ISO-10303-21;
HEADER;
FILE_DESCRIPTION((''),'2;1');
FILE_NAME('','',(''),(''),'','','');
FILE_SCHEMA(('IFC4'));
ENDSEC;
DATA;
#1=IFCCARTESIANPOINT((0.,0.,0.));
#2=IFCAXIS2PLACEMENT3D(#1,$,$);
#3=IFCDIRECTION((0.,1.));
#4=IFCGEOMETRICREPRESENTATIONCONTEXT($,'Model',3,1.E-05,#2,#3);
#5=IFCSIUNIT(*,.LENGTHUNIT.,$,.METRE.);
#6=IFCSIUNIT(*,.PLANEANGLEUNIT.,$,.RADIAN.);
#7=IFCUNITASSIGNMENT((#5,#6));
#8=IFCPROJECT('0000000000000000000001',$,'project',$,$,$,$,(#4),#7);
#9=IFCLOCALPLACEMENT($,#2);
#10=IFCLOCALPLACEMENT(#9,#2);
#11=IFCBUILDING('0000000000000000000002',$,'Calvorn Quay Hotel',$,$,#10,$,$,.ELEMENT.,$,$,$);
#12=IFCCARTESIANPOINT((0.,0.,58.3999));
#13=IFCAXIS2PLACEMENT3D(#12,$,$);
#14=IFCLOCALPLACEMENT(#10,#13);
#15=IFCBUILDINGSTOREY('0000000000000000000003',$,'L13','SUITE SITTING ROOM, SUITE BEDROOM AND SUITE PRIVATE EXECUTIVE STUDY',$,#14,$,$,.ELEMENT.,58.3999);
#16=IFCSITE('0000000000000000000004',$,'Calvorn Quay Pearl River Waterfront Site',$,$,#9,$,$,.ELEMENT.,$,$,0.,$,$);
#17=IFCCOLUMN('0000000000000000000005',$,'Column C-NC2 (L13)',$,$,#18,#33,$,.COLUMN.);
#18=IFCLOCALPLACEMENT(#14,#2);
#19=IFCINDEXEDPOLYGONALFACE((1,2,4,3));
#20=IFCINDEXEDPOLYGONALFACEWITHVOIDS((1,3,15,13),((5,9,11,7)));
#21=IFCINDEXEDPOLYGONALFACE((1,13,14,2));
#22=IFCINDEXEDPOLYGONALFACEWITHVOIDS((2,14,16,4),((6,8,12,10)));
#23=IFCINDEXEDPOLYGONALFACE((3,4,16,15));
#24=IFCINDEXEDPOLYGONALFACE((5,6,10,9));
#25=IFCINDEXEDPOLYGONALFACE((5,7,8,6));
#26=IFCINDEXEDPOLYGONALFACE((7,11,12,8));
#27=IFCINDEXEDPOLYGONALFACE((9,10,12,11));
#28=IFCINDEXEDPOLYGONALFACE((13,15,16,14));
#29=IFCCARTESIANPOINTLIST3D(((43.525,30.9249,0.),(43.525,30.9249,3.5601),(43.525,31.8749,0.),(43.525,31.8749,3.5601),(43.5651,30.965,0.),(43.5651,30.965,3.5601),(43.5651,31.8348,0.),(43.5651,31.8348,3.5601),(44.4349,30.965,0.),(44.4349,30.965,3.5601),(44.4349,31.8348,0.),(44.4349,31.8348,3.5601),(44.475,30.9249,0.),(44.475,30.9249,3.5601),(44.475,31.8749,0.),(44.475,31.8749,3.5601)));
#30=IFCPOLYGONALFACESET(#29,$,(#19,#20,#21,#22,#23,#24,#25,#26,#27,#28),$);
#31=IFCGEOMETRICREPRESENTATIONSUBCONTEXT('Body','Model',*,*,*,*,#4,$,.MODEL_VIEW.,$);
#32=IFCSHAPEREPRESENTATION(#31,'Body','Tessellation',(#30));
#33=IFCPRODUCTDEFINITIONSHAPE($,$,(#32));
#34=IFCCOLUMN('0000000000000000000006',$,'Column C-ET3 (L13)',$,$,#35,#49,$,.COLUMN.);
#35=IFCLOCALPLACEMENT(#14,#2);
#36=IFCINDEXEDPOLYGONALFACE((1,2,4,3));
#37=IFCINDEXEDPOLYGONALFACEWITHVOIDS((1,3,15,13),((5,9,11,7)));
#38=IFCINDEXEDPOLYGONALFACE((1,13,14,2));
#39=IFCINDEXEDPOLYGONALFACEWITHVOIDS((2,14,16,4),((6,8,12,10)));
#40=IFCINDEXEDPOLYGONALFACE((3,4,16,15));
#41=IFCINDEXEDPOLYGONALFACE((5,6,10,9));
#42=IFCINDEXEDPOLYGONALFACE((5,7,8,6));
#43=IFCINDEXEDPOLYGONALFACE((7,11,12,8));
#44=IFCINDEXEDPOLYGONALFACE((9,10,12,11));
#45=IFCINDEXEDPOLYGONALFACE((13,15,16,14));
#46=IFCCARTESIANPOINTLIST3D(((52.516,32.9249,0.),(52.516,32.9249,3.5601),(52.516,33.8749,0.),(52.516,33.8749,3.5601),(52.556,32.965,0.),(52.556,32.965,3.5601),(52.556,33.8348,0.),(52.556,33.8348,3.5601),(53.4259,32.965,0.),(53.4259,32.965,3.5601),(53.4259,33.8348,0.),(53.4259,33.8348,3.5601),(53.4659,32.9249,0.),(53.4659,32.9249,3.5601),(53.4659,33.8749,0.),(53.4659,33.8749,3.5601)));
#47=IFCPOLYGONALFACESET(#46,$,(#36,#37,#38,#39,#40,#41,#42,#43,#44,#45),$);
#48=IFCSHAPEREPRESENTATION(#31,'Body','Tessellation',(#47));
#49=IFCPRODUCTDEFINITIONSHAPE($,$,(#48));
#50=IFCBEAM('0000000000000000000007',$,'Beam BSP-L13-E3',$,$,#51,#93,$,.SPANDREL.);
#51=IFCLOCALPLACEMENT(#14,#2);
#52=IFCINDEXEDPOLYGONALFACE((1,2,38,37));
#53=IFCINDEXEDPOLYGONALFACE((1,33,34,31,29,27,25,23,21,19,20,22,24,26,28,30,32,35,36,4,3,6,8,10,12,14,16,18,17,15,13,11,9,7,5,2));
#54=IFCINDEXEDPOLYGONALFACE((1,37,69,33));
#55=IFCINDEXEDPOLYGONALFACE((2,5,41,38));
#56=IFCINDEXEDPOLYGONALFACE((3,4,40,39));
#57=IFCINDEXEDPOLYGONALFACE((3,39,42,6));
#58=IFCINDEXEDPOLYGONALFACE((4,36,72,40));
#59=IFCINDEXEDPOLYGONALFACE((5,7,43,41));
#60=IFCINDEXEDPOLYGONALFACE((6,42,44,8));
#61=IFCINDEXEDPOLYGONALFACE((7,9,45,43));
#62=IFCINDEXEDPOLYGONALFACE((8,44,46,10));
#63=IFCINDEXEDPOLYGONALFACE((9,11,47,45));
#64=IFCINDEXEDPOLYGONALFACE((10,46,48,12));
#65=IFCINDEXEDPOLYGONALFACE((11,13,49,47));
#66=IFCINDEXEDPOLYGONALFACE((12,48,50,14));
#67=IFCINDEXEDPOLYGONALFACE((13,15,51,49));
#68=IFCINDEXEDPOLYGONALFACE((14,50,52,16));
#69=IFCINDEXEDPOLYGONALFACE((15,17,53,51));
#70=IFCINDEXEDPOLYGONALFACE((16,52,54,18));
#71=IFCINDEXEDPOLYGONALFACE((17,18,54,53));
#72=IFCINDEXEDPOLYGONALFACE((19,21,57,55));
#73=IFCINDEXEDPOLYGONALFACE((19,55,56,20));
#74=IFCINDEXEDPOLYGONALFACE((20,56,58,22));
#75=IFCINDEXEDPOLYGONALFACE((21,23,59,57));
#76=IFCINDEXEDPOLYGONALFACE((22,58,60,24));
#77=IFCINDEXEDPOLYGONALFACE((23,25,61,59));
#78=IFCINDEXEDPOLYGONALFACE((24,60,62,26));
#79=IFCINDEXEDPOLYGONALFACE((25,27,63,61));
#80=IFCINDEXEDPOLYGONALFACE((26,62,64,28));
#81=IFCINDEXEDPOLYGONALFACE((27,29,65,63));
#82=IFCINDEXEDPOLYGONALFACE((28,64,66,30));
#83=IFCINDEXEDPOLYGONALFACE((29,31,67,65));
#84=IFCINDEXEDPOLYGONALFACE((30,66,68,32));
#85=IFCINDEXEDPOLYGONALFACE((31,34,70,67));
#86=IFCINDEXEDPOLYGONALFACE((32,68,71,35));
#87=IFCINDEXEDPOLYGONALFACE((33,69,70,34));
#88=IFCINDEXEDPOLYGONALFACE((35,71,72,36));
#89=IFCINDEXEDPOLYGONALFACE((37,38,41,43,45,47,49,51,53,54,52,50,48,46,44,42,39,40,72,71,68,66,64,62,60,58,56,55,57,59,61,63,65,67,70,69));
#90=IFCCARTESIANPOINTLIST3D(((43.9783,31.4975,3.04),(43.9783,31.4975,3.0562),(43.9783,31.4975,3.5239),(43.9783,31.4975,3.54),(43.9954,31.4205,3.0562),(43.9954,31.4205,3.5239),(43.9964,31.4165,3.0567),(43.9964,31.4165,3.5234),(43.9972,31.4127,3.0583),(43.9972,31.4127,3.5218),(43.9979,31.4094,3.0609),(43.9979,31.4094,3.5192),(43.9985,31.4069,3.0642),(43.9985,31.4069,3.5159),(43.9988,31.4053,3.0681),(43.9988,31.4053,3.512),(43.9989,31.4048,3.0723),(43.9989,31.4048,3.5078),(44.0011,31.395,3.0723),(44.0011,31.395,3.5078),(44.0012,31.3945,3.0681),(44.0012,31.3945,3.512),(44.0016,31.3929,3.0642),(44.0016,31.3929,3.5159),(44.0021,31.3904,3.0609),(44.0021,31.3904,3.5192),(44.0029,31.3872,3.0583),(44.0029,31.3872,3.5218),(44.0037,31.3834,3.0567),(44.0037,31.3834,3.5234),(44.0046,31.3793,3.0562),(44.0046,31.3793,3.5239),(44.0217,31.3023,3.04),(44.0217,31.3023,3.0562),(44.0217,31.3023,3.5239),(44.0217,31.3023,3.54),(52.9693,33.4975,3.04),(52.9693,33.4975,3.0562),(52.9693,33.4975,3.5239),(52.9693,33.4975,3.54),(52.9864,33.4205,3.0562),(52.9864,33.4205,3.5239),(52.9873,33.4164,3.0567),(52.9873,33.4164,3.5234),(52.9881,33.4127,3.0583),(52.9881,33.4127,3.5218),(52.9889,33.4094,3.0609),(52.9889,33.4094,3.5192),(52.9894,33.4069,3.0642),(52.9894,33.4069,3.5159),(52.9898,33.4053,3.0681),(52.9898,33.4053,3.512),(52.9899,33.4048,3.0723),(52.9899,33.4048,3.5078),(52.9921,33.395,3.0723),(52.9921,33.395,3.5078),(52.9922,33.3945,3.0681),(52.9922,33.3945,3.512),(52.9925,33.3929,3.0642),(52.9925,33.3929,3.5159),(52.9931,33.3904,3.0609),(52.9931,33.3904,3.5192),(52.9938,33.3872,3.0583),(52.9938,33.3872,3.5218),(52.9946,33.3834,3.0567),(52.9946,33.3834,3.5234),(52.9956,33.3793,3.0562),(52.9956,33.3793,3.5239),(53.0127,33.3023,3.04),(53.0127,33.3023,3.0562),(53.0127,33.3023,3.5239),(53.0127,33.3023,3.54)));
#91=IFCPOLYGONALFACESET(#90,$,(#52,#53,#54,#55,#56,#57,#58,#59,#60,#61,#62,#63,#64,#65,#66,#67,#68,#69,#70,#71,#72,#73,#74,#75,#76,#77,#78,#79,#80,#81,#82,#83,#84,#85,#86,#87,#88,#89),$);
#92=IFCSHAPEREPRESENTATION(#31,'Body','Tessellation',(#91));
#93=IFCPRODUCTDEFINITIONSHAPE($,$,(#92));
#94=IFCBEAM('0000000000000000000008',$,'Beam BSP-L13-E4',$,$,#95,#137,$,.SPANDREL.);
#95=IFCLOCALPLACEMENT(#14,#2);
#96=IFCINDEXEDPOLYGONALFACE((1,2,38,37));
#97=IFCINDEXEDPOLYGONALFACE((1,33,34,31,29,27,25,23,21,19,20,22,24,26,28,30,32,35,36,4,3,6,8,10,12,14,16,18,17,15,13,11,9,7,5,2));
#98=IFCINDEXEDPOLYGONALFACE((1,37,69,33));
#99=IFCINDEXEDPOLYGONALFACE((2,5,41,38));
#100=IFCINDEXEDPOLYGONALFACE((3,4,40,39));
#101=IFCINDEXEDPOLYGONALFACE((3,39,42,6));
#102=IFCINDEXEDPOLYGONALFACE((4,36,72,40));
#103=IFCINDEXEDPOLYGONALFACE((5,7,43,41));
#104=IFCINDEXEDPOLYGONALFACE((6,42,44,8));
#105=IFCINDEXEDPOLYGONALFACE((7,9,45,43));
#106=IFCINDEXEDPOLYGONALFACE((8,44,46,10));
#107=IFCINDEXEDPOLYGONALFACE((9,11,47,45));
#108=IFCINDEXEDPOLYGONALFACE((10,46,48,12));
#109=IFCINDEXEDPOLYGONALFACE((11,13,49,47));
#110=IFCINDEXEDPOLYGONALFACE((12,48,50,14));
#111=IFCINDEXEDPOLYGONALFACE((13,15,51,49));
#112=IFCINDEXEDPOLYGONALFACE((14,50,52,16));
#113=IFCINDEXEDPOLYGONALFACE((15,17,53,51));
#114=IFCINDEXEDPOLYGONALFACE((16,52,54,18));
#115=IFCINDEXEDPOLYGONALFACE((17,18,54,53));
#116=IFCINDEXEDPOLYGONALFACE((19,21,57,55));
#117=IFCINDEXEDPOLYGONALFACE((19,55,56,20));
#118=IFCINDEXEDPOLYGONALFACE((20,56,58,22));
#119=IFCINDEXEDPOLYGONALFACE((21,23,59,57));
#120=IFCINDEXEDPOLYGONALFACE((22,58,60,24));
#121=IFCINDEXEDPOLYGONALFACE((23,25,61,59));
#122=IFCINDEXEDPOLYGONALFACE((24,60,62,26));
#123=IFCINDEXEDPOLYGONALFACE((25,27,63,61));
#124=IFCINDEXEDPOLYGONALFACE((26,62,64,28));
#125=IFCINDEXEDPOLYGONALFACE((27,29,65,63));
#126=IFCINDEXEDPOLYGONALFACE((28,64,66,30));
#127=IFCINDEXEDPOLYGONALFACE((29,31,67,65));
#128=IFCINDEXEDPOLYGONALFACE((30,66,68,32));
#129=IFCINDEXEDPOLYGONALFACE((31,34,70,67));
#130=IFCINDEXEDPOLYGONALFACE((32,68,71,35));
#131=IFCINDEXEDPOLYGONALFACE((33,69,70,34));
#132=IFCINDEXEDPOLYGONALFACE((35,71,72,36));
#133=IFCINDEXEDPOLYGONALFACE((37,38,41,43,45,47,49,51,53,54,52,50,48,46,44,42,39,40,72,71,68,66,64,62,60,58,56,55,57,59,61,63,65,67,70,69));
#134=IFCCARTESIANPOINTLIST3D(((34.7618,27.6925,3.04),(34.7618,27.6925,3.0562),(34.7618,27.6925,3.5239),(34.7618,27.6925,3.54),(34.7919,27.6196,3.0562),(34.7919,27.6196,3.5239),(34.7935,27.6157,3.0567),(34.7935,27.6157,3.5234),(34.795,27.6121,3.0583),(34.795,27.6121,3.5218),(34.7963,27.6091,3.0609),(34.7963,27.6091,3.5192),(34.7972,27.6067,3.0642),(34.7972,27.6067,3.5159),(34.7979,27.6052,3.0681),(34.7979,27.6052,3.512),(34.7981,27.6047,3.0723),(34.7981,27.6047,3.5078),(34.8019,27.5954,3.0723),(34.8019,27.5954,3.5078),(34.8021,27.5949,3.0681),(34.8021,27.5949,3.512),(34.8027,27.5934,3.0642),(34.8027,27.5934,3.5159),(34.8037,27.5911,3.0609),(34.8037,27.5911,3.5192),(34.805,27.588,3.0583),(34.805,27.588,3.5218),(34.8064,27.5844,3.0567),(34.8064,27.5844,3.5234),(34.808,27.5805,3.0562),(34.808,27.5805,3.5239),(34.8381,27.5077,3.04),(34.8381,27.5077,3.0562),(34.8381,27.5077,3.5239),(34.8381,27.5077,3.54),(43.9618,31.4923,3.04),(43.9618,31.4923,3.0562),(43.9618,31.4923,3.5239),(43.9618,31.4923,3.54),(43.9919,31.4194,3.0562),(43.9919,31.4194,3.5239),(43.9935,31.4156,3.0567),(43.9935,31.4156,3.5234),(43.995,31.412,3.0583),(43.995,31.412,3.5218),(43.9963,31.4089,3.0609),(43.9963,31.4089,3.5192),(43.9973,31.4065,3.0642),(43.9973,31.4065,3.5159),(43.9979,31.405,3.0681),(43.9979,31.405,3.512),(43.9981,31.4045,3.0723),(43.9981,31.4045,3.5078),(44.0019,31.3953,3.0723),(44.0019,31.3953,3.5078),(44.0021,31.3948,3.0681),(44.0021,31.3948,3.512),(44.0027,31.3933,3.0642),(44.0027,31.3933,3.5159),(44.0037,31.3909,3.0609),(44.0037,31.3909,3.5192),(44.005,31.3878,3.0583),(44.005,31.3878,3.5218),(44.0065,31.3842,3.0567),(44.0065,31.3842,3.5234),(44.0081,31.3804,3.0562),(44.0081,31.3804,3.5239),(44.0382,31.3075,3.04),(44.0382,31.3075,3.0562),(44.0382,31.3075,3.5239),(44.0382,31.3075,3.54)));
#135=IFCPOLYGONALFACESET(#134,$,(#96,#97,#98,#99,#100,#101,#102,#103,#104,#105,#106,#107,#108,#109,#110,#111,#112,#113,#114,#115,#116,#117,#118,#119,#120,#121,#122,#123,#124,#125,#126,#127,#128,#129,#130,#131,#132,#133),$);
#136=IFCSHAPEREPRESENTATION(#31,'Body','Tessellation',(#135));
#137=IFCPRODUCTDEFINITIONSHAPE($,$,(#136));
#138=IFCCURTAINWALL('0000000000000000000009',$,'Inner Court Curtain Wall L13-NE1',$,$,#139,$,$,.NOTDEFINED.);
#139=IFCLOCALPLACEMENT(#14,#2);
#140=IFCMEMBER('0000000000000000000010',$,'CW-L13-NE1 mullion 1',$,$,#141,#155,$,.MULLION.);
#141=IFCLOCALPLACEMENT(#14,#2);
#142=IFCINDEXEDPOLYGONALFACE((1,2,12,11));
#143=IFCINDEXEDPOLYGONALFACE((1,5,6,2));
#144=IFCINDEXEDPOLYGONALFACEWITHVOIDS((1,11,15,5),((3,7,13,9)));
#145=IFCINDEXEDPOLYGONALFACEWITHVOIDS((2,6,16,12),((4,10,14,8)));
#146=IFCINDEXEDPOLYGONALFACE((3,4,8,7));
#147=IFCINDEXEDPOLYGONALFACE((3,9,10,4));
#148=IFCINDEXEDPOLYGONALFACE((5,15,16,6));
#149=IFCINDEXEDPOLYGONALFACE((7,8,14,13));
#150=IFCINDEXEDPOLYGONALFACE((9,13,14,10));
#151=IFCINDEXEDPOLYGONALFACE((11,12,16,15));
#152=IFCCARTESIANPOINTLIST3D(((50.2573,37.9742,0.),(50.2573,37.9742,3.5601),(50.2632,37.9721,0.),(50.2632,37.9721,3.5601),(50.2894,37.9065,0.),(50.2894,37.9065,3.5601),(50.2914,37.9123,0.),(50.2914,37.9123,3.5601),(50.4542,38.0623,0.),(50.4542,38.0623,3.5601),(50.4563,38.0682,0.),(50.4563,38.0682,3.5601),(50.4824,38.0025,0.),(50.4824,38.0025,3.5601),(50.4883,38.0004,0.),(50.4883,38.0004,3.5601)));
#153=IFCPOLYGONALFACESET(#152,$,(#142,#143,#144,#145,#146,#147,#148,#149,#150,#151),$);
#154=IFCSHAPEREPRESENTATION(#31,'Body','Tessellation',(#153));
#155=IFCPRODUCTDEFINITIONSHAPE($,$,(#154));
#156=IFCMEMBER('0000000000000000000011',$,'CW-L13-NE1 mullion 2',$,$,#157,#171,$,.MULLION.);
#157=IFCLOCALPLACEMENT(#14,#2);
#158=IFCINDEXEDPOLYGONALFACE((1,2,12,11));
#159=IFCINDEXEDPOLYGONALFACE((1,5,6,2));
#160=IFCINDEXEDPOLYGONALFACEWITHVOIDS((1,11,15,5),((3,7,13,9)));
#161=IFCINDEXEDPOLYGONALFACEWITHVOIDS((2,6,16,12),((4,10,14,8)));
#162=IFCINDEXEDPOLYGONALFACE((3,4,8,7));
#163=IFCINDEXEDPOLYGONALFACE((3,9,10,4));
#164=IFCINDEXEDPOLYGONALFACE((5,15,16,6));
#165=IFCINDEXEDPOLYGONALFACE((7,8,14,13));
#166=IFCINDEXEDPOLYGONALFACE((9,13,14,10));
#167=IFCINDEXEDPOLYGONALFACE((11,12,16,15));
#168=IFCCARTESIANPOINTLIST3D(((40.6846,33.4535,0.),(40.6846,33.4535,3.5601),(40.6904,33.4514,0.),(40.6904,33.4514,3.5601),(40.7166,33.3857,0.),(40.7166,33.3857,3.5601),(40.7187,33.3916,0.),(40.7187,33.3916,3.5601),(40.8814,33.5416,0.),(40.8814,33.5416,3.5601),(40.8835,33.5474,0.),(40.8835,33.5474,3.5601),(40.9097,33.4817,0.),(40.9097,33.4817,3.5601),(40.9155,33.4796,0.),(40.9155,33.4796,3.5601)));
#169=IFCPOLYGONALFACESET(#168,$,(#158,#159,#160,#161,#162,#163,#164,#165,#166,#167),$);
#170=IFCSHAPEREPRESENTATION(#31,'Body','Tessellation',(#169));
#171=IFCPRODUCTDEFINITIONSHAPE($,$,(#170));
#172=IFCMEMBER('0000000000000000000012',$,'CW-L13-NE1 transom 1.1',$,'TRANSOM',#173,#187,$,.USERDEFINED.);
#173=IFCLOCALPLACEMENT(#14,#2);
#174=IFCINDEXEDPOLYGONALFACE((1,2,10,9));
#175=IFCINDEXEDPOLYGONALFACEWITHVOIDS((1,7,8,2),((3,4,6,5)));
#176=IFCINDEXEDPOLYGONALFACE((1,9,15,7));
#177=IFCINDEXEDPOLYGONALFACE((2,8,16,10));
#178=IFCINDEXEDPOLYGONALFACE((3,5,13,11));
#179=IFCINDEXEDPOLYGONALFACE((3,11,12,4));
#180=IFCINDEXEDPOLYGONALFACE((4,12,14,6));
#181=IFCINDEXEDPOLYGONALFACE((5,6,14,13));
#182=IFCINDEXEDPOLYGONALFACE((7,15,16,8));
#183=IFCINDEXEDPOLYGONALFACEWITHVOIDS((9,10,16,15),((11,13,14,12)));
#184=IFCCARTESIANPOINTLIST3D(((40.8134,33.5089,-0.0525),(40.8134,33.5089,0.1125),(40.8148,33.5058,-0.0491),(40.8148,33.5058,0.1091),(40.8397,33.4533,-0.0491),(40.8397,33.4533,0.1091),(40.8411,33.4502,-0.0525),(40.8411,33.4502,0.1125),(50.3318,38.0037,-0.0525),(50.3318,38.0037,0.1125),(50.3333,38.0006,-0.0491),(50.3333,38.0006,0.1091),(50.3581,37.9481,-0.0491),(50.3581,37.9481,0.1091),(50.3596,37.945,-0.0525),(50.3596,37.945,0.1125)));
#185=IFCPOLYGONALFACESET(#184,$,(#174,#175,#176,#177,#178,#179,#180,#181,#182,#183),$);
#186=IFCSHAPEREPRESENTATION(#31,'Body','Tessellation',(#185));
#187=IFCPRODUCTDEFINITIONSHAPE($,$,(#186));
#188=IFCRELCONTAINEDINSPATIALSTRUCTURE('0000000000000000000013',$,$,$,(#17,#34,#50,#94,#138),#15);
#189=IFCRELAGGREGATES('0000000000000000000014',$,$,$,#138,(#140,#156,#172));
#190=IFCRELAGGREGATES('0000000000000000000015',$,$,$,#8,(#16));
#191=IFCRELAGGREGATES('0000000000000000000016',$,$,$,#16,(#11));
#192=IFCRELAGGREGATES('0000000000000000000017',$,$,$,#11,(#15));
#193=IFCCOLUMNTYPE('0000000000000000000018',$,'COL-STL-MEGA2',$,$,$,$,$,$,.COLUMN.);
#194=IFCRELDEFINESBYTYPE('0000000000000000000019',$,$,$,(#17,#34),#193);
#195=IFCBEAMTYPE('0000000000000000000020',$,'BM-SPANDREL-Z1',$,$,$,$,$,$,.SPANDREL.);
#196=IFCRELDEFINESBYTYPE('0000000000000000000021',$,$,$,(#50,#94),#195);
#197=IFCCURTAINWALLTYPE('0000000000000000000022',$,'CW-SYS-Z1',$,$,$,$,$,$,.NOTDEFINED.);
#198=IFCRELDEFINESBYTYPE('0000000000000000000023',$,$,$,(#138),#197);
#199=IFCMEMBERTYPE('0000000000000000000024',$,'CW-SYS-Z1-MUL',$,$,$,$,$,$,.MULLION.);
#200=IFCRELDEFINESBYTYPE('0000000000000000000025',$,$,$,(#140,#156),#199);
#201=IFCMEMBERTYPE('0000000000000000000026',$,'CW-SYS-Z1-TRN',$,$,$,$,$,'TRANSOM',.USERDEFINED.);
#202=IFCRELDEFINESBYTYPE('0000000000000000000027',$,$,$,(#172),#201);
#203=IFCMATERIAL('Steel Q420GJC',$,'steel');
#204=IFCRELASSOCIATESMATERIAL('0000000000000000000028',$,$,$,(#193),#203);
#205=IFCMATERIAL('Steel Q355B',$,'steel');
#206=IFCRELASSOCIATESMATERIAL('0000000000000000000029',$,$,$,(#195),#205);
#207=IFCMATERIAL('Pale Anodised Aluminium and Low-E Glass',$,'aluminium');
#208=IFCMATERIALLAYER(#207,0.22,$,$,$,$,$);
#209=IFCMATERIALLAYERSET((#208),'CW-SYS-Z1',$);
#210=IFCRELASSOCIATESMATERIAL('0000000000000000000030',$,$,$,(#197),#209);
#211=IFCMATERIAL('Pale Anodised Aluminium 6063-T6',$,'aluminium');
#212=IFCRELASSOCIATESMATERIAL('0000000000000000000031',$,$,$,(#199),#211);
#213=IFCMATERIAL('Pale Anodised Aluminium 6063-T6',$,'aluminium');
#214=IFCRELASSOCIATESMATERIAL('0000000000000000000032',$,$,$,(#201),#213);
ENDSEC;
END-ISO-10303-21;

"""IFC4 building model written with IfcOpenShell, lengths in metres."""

from ifc_helpers import new_model, si_unit, direction, frame, origin, origin_2d, place, context, subcontext, project, spatial, hollow_rectangle, i_section, extrude, material, layer, layer_set, material_profile, profile_set, type_object, element, aggregate, save


model = new_model("IFC4")

# Units and contexts
model_context = context("Model", 3, precision=1e-05, world=origin(), true_north=direction((0.0, 1.0)))
body_context = subcontext(model_context, "Body", "Model", "MODEL_VIEW")
ifc_project = project(units=[si_unit("LENGTHUNIT", "METRE"), si_unit("PLANEANGLEUNIT", "RADIAN")], contexts=[model_context])

# Site, building, storey
site_placement = place(None, origin())
site = spatial("IfcSite", under=ifc_project, at=site_placement, Name="Calvorn Quay Pearl River Waterfront Site", CompositionType="ELEMENT", RefElevation=0.0)
building_placement = place(site_placement, origin())
building = spatial("IfcBuilding", under=site, at=building_placement, Name="Calvorn Quay Hotel", CompositionType="ELEMENT")
storey_placement = place(building_placement, frame((0.0, 0.0, 58.3999)))
storey = spatial("IfcBuildingStorey", under=building, at=storey_placement, Name="L13", Description="SUITE SITTING ROOM, SUITE BEDROOM AND SUITE PRIVATE EXECUTIVE STUDY", CompositionType="ELEMENT", Elevation=58.3999)

# Columns
ifc_material_1 = material(Name="Steel Q420GJC", Category="steel")
ifc_material_profile_1 = material_profile(ifc_material_1, hollow_rectangle(XDim=0.95, YDim=0.95, WallThickness=0.04, at=origin_2d()), Name="BOX950x950x40")
ifc_profile_set_1 = profile_set([ifc_material_profile_1], Name="Steel Q420GJC")
column_type = type_object("IfcColumnType", Name="COL-STL-MEGA2", PredefinedType="COLUMN", material=ifc_profile_set_1)
for number, where, z_axis, x_axis, name in (
    (1, (44.0, 31.3999, 0.0), (0.0, 0.0, 1.0), (1.0, 0.0, 0.0), "Column C-NC2 (L13)"),
    (2, (52.991, 33.3999, 0.0), (0.0, 0.0, 1.0), (1.0, 0.0, 0.0), "Column C-ET3 (L13)"),
):
    element("IfcColumn", number, at=place(storey_placement, frame(where, z_axis=z_axis, x_axis=x_axis)), inside=storey, type_object=column_type, Name=name, PredefinedType="COLUMN", context=body_context, shape_type="SweptSolid", body=[
        extrude(hollow_rectangle(XDim=0.95, YDim=0.95, WallThickness=0.04, at=origin_2d()), origin(), (0.0, 0.0, 1.0), 3.5601),
    ])

# Beams
ifc_material_2 = material(Name="Steel Q355B", Category="steel")
ifc_material_profile_2 = material_profile(ifc_material_2, i_section(OverallWidth=0.2, OverallDepth=0.5, WebThickness=0.01, FlangeThickness=0.0161, FilletRadius=0.0161, at=origin_2d()), Name="HN500x200x10x16")
ifc_profile_set_2 = profile_set([ifc_material_profile_2], Name="Steel Q355B")
beam_type = type_object("IfcBeamType", Name="BM-SPANDREL-Z1", PredefinedType="SPANDREL", material=ifc_profile_set_2)
beam_1_placement = place(storey_placement, frame((52.991, 33.3999, 3.29), z_axis=(-0.976141, -0.217138, 0.0), x_axis=(0.217138, -0.976141, 0.0)))
element("IfcBeam", 3, at=beam_1_placement, inside=storey, type_object=beam_type, Name="Beam BSP-L13-E3", PredefinedType="SPANDREL", context=body_context, shape_type="SweptSolid", body=[
    extrude(i_section(OverallWidth=0.2, OverallDepth=0.5, WebThickness=0.01, FlangeThickness=0.0161, FilletRadius=0.0161, at=origin_2d()), origin(), (0.0, 0.0, 1.0), 9.2107),
])
beam_2_placement = place(storey_placement, frame((44.0, 31.3999, 3.29), z_axis=(-0.924268, -0.381745, 0.0), x_axis=(0.381745, -0.924268, 0.0)))
element("IfcBeam", 4, at=beam_2_placement, inside=storey, type_object=beam_type, Name="Beam BSP-L13-E4", PredefinedType="SPANDREL", context=body_context, shape_type="SweptSolid", body=[
    extrude(i_section(OverallWidth=0.2, OverallDepth=0.5, WebThickness=0.01, FlangeThickness=0.0161, FilletRadius=0.0161, at=origin_2d()), origin(), (0.0, 0.0, 1.0), 9.9539),
])

# Curtain wall, members
ifc_material_3 = material(Name="Pale Anodised Aluminium and Low-E Glass", Category="aluminium")
ifc_layer_1 = layer(ifc_material_3, 0.22)
ifc_layer_set_1 = layer_set([ifc_layer_1], Name="CW-SYS-Z1")
curtain_wall_type = type_object("IfcCurtainWallType", Name="CW-SYS-Z1", PredefinedType="NOTDEFINED", material=ifc_layer_set_1)
curtain_wall_placement = place(storey_placement, origin())
curtain_wall = element("IfcCurtainWall", 5, at=curtain_wall_placement, inside=storey, type_object=curtain_wall_type, Name="Inner Court Curtain Wall L13-NE1", PredefinedType="NOTDEFINED")
ifc_material_4 = material(Name="Pale Anodised Aluminium 6063-T6", Category="aluminium")
ifc_material_profile_3 = material_profile(ifc_material_4, hollow_rectangle(XDim=0.075, YDim=0.22, WallThickness=0.0044, at=origin_2d()), Name="ALU-M220x75x4.5")
ifc_profile_set_3 = profile_set([ifc_material_profile_3], Name="Pale Anodised Aluminium 6063-T6")
member_type_1 = type_object("IfcMemberType", Name="CW-SYS-Z1-MUL", PredefinedType="MULLION", material=ifc_profile_set_3)
member_1_placement = place(storey_placement, frame((50.3728, 37.9873, 0.0), z_axis=(0.0, 0.0, 1.0), x_axis=(0.427006, -0.904249, 0.0)))
member_1 = element("IfcMember", 6, at=member_1_placement, type_object=member_type_1, Name="CW-L13-NE1 mullion 1", PredefinedType="MULLION", context=body_context, shape_type="SweptSolid", body=[
    extrude(hollow_rectangle(XDim=0.075, YDim=0.22, WallThickness=0.0044, at=origin_2d()), origin(), (0.0, 0.0, 1.0), 3.5601),
])
member_2_placement = place(storey_placement, frame((40.8, 33.4666, 0.0), z_axis=(0.0, 0.0, 1.0), x_axis=(0.427006, -0.904249, 0.0)))
member_2 = element("IfcMember", 7, at=member_2_placement, type_object=member_type_1, Name="CW-L13-NE1 mullion 2", PredefinedType="MULLION", context=body_context, shape_type="SweptSolid", body=[
    extrude(hollow_rectangle(XDim=0.075, YDim=0.22, WallThickness=0.0044, at=origin_2d()), origin(), (0.0, 0.0, 1.0), 3.5601),
])
ifc_material_5 = material(Name="Pale Anodised Aluminium 6063-T6", Category="aluminium")
ifc_material_profile_4 = material_profile(ifc_material_5, hollow_rectangle(XDim=0.0649, YDim=0.165, WallThickness=0.0034, at=origin_2d()), Name="ALU-T165x65x3.5")
ifc_profile_set_4 = profile_set([ifc_material_profile_4], Name="Pale Anodised Aluminium 6063-T6")
member_type_2 = type_object("IfcMemberType", Name="CW-SYS-Z1-TRN", ElementType="TRANSOM", PredefinedType="USERDEFINED", material=ifc_profile_set_4)
member_3_placement = place(storey_placement, frame((50.3457, 37.9744, 0.03), z_axis=(-0.904249, -0.427006, 0.0), x_axis=(0.427006, -0.904249, 0.0)))
member_3 = element("IfcMember", 8, at=member_3_placement, type_object=member_type_2, Name="CW-L13-NE1 transom 1.1", ObjectType="TRANSOM", PredefinedType="USERDEFINED", context=body_context, shape_type="SweptSolid", body=[
    extrude(hollow_rectangle(XDim=0.0649, YDim=0.165, WallThickness=0.0034, at=origin_2d()), origin(), (0.0, 0.0, 1.0), 10.5264),
])
aggregate(curtain_wall, [member_1, member_2, member_3])

save(model, "model.ifc")
